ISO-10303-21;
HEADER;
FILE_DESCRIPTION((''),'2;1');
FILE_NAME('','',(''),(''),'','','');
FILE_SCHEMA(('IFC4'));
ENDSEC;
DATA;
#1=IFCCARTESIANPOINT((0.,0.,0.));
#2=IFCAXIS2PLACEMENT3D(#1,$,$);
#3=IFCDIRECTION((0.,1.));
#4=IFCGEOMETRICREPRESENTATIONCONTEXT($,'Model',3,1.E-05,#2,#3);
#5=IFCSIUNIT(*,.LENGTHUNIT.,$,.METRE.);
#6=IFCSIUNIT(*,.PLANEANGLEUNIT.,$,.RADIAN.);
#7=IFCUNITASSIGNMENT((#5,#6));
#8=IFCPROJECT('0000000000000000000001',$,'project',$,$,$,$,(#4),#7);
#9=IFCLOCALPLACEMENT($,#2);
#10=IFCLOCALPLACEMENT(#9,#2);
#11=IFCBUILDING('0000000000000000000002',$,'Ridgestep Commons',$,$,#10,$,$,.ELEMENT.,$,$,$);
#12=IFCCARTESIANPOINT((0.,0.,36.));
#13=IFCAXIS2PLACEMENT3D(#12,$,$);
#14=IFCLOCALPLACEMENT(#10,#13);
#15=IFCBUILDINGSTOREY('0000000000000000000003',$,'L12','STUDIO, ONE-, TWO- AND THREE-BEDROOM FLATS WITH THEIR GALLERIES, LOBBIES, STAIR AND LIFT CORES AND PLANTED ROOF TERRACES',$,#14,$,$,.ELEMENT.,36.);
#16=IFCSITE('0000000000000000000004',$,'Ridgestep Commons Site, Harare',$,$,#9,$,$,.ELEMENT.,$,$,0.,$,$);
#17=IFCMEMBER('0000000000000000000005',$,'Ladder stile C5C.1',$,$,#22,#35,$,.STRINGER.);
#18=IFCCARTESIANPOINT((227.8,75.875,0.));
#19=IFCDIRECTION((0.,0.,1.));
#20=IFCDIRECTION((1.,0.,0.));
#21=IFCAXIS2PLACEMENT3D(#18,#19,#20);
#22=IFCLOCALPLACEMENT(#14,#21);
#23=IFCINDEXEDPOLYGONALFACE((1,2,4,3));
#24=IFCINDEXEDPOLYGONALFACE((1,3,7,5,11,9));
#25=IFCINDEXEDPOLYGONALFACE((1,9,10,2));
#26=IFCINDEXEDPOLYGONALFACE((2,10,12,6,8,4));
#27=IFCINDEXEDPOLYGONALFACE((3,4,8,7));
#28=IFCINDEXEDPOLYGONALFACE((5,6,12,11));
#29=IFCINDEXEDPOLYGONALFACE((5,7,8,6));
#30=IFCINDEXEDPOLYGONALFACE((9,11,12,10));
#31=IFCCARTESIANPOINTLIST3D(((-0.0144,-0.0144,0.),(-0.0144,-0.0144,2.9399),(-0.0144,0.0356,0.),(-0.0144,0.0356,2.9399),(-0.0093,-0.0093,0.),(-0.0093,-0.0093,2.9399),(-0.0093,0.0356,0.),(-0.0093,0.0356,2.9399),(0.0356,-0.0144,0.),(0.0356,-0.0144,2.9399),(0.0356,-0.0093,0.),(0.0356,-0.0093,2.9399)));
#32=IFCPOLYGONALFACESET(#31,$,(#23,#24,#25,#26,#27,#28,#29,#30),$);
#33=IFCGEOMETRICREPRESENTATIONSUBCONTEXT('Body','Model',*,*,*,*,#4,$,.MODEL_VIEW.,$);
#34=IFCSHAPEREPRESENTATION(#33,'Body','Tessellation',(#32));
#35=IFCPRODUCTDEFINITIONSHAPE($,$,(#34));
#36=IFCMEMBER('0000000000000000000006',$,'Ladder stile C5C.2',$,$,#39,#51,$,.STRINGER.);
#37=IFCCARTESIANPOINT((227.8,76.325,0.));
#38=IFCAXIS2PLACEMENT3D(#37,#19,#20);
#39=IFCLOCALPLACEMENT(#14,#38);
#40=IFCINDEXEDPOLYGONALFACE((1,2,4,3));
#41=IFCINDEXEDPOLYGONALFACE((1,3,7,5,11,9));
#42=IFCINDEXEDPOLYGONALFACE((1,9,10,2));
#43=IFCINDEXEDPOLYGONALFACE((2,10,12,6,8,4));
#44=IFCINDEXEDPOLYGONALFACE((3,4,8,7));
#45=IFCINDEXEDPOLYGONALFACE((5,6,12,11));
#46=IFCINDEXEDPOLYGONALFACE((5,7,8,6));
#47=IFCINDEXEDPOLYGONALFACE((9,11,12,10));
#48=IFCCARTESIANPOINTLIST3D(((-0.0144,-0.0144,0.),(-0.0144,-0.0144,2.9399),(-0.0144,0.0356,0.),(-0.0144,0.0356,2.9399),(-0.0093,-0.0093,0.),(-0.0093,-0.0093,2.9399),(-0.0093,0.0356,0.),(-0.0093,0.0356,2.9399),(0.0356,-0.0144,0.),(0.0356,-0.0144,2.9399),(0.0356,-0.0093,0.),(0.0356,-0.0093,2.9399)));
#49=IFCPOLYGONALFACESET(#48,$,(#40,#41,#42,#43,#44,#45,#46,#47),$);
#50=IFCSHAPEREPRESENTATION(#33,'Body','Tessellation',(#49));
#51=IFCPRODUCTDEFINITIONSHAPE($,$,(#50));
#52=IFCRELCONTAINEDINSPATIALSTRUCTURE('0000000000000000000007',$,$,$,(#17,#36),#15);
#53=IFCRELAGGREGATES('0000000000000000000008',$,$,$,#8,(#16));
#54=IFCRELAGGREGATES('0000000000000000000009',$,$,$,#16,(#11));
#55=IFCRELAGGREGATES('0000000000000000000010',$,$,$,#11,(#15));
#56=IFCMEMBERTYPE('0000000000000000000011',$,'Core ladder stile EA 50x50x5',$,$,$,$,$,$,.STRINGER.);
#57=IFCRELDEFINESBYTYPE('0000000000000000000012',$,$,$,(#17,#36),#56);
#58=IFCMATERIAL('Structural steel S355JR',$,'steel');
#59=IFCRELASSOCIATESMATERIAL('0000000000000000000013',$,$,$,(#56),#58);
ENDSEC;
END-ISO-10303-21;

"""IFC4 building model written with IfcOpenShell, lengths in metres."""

from ifc_helpers import new_model, si_unit, direction, frame, origin, place, context, subcontext, project, spatial, polyline, outline, extrude, material, material_profile, profile_set, type_object, element, save


model = new_model("IFC4")

# Units and contexts
model_context = context("Model", 3, precision=1e-05, world=origin(), true_north=direction((0.0, 1.0)))
body_context = subcontext(model_context, "Body", "Model", "MODEL_VIEW")
ifc_project = project(units=[si_unit("LENGTHUNIT", "METRE"), si_unit("PLANEANGLEUNIT", "RADIAN")], contexts=[model_context])

# Site, building, storey
site_placement = place(None, origin())
site = spatial("IfcSite", under=ifc_project, at=site_placement, Name="Ridgestep Commons Site, Harare", CompositionType="ELEMENT", RefElevation=0.0)
building_placement = place(site_placement, origin())
building = spatial("IfcBuilding", under=site, at=building_placement, Name="Ridgestep Commons", CompositionType="ELEMENT")
storey_placement = place(building_placement, frame((0.0, 0.0, 36.0)))
storey = spatial("IfcBuildingStorey", under=building, at=storey_placement, Name="L12", Description="STUDIO, ONE-, TWO- AND THREE-BEDROOM FLATS WITH THEIR GALLERIES, LOBBIES, STAIR AND LIFT CORES AND PLANTED ROOF TERRACES", CompositionType="ELEMENT", Elevation=36.0)

# Members
ifc_material_1 = material(Name="Structural steel S355JR", Category="steel")
ifc_material_profile_1 = material_profile(ifc_material_1, outline(polyline([(-0.0144, -0.0144), (0.0356, -0.0144), (0.0356, -0.0093), (-0.0093, -0.0093), (-0.0093, 0.0356), (-0.0144, 0.0356), (-0.0144, -0.0144)])), Name="EA 50x50x5")
ifc_profile_set_1 = profile_set([ifc_material_profile_1], Name="Structural steel S355JR")
member_type_1 = type_object("IfcMemberType", Name="Core ladder stile EA 50x50x5", PredefinedType="STRINGER", material=ifc_profile_set_1)
for number, where, z_axis, x_axis, name in (
    (1, (227.8, 75.875, 0.0), (0.0, 0.0, 1.0), (1.0, 0.0, 0.0), "Ladder stile C5C.1"),
    (2, (227.8, 76.325, 0.0), (0.0, 0.0, 1.0), (1.0, 0.0, 0.0), "Ladder stile C5C.2"),
):
    element("IfcMember", number, at=place(storey_placement, frame(where, z_axis=z_axis, x_axis=x_axis)), inside=storey, type_object=member_type_1, Name=name, PredefinedType="STRINGER", context=body_context, shape_type="SweptSolid", body=[
        extrude(outline(polyline([(-0.0144, -0.0144), (0.0356, -0.0144), (0.0356, -0.0093), (-0.0093, -0.0093), (-0.0093, 0.0356), (-0.0144, 0.0356), (-0.0144, -0.0144)])), origin(), (0.0, 0.0, 1.0), 2.9399),
    ])

save(model, "model.ifc")
